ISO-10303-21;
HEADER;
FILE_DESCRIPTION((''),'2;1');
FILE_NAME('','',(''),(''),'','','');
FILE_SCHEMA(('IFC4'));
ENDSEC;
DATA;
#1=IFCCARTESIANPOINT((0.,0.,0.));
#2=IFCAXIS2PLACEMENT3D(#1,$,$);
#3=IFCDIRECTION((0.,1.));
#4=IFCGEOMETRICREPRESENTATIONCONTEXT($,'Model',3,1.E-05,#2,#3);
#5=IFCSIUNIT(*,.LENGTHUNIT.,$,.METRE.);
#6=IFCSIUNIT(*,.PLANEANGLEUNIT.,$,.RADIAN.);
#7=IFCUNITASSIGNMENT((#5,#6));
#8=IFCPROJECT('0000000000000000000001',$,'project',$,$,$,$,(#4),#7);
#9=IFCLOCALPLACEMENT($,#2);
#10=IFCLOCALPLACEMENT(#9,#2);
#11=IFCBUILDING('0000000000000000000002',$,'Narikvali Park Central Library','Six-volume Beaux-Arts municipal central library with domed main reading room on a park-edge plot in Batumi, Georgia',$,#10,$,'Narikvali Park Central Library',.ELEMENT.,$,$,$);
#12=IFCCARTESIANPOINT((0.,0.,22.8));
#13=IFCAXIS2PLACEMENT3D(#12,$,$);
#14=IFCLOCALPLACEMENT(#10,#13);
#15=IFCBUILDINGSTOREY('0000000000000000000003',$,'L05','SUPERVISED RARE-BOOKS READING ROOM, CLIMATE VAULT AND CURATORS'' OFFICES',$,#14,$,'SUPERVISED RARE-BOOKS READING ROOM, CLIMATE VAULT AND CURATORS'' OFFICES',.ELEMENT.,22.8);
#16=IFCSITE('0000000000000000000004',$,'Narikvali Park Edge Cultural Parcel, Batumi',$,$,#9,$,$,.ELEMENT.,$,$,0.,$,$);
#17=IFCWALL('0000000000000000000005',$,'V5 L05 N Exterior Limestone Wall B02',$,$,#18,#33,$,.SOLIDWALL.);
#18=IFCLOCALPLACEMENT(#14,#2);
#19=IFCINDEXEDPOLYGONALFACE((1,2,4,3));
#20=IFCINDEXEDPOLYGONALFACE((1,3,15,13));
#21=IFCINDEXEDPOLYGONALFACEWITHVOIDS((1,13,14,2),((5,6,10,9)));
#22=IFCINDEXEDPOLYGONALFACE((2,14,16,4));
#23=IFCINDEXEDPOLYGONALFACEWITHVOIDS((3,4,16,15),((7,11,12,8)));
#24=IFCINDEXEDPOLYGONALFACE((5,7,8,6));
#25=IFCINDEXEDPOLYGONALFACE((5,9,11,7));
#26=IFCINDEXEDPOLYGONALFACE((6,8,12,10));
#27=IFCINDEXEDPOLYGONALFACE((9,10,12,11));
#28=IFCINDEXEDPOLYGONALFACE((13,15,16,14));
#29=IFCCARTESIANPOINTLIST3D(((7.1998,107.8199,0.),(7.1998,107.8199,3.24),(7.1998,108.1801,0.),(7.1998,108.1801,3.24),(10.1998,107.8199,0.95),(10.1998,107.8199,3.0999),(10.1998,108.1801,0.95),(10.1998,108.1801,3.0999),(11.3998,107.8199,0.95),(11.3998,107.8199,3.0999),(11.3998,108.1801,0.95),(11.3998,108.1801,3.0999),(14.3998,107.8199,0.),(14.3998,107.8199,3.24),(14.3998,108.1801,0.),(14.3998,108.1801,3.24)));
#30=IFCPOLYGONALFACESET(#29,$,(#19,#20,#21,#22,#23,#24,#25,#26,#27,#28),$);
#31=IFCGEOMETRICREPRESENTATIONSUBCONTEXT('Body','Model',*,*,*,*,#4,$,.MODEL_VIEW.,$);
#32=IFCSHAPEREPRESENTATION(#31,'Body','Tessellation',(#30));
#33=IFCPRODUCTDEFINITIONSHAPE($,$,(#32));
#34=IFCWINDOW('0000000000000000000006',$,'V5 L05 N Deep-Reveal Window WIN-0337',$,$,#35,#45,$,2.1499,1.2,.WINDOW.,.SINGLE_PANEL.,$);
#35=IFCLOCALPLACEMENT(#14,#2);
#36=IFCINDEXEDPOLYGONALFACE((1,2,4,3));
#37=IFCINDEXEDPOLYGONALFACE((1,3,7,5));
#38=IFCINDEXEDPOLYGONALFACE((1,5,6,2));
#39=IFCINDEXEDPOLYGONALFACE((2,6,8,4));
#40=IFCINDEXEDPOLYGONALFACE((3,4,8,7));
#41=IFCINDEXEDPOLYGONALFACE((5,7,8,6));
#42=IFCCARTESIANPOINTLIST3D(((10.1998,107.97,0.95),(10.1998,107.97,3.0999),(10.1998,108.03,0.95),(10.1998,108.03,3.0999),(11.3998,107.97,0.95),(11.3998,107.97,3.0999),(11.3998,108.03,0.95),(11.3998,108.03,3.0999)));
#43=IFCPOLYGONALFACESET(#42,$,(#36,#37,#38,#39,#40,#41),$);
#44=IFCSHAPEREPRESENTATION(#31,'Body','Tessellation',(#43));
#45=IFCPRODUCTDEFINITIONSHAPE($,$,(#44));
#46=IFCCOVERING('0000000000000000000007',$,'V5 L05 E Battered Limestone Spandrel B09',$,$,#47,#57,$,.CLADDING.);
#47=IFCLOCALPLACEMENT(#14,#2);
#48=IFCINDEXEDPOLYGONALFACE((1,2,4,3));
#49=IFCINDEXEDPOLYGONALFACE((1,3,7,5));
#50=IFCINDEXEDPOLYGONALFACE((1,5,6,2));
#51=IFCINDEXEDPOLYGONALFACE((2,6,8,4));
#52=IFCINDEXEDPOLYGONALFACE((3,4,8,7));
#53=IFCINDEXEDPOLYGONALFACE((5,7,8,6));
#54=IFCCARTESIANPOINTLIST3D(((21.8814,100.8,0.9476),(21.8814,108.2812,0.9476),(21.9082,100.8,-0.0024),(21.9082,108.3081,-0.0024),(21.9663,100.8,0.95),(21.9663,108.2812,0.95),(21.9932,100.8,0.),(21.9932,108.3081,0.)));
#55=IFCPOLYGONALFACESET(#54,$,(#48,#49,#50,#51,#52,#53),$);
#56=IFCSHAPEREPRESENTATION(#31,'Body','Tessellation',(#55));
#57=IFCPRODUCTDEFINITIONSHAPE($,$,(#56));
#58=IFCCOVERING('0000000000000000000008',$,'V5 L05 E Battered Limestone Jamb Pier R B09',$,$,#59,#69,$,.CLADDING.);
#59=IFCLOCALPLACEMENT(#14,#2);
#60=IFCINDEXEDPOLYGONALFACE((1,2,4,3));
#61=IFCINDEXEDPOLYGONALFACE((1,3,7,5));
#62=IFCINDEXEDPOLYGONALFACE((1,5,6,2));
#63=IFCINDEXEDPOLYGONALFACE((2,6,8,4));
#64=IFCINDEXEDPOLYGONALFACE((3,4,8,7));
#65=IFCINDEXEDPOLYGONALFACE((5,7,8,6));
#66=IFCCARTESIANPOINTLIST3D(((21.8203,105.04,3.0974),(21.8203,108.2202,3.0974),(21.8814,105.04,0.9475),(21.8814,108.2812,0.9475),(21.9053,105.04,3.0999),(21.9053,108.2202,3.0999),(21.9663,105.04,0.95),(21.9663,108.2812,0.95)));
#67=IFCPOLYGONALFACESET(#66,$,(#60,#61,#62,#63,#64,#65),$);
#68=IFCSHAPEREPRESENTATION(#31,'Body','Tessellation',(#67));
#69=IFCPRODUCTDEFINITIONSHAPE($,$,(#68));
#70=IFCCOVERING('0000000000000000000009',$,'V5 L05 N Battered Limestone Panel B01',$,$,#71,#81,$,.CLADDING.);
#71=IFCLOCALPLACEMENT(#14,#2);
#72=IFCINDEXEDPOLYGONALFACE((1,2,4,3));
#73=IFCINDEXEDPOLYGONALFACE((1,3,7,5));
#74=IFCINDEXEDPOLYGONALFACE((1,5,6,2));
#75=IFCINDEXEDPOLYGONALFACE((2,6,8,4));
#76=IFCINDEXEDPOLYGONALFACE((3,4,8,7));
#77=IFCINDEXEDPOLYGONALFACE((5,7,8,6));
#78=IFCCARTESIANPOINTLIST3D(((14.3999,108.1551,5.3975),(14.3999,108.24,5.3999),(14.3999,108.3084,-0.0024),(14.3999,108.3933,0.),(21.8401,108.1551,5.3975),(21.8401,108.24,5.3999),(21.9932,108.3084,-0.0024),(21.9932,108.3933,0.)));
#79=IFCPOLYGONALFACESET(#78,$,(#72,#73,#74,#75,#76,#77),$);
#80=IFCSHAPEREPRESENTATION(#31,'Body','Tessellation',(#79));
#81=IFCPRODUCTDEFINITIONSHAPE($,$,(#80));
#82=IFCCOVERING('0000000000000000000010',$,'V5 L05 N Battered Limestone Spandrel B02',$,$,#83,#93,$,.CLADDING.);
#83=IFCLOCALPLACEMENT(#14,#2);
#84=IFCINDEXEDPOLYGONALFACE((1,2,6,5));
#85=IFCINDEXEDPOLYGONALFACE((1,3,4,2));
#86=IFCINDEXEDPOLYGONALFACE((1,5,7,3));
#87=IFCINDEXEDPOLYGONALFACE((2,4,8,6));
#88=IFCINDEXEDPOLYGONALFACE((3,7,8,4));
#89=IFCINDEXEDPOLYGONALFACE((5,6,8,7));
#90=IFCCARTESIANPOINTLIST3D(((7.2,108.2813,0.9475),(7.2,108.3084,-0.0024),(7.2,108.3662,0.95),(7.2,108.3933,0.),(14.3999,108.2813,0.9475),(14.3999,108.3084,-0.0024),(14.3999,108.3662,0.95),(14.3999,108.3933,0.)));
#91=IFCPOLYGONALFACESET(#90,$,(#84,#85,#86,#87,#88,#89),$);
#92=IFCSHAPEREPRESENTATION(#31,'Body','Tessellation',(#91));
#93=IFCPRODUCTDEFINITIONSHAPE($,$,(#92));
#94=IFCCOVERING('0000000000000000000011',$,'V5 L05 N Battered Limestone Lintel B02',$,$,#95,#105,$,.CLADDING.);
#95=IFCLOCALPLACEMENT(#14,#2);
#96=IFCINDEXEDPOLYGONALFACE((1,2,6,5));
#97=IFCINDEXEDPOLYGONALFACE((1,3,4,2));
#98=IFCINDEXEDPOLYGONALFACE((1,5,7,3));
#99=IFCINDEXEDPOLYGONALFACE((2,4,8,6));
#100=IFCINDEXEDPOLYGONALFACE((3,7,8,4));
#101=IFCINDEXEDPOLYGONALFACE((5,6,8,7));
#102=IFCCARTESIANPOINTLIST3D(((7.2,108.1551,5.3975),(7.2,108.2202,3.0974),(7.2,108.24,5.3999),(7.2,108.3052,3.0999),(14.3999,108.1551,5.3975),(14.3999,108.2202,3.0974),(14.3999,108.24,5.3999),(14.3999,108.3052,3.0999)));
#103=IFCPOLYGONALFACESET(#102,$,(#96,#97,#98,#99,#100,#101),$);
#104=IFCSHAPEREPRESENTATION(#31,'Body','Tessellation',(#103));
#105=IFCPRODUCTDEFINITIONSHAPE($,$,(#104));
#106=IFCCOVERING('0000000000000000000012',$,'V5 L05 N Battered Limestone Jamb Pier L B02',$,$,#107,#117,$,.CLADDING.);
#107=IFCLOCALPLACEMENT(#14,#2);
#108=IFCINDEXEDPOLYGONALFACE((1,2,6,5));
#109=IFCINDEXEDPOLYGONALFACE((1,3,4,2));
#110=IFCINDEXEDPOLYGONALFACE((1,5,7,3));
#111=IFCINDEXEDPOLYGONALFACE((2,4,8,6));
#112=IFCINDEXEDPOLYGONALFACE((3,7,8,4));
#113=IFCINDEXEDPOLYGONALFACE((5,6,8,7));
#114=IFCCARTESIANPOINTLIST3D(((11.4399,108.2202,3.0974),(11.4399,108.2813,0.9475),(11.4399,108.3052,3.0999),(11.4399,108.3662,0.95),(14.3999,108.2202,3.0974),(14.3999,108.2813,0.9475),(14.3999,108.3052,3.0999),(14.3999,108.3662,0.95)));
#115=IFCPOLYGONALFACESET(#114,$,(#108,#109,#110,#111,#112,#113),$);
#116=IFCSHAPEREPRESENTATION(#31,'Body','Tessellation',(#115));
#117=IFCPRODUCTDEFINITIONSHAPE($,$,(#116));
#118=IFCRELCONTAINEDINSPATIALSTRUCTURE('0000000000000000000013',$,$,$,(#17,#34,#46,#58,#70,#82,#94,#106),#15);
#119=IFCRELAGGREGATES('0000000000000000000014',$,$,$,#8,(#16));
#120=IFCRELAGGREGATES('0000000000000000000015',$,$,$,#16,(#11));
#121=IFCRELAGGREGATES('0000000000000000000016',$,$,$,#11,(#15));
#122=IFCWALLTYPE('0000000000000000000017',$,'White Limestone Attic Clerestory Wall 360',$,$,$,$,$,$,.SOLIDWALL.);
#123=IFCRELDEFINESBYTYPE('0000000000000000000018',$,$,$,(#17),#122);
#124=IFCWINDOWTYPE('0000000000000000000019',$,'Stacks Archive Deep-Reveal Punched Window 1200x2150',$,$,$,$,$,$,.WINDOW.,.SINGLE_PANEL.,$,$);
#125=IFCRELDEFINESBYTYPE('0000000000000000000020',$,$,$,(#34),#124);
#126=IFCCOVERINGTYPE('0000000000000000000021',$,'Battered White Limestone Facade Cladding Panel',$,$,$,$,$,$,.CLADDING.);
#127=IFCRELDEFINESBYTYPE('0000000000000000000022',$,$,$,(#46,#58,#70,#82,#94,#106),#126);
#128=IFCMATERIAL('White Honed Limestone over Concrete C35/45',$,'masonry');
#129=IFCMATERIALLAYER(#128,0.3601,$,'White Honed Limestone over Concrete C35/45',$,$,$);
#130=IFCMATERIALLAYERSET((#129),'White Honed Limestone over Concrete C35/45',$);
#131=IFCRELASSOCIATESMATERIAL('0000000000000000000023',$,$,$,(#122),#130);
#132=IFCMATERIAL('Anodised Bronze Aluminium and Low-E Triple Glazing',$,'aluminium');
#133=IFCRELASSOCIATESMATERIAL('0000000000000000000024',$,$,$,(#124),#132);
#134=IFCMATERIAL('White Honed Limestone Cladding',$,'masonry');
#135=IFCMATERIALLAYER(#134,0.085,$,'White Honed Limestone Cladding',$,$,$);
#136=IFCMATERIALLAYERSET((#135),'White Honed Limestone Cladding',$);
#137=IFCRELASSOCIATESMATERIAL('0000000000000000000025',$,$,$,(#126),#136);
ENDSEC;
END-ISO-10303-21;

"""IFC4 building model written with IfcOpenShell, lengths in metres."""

from ifc_helpers import new_model, si_unit, direction, frame, frame_2d, origin, place, context, subcontext, project, spatial, polyline, rectangle, outline, extrude, material, layer, layer_set, type_object, element, fill, save


model = new_model("IFC4")

# Units and contexts
model_context = context("Model", 3, precision=1e-05, world=origin(), true_north=direction((0.0, 1.0)))
body_context = subcontext(model_context, "Body", "Model", "MODEL_VIEW")
ifc_project = project(units=[si_unit("LENGTHUNIT", "METRE"), si_unit("PLANEANGLEUNIT", "RADIAN")], contexts=[model_context])

# Site, building, storey
site_placement = place(None, origin())
site = spatial("IfcSite", under=ifc_project, at=site_placement, Name="Narikvali Park Edge Cultural Parcel, Batumi", CompositionType="ELEMENT", RefElevation=0.0)
building_placement = place(site_placement, origin())
building = spatial("IfcBuilding", under=site, at=building_placement, Name="Narikvali Park Central Library", Description="Six-volume Beaux-Arts municipal central library with domed main reading room on a park-edge plot in Batumi, Georgia", LongName="Narikvali Park Central Library", CompositionType="ELEMENT")
storey_placement = place(building_placement, frame((0.0, 0.0, 22.8)))
storey = spatial("IfcBuildingStorey", under=building, at=storey_placement, Name="L05", Description="SUPERVISED RARE-BOOKS READING ROOM, CLIMATE VAULT AND CURATORS' OFFICES", LongName="SUPERVISED RARE-BOOKS READING ROOM, CLIMATE VAULT AND CURATORS' OFFICES", CompositionType="ELEMENT", Elevation=22.8)

# Shared definitions
ifc_material_1 = material(Name="White Honed Limestone over Concrete C35/45", Category="masonry")

# Shared definitions
ifc_layer_1 = layer(ifc_material_1, 0.3601, Name="White Honed Limestone over Concrete C35/45")
ifc_layer_set_1 = layer_set([ifc_layer_1], Name="White Honed Limestone over Concrete C35/45")
wall_type_1 = type_object("IfcWallType", Name="White Limestone Attic Clerestory Wall 360", PredefinedType="SOLIDWALL", material=ifc_layer_set_1)

# Wall, opening, window
wall_1_placement = place(storey_placement, frame((14.3999, 108.0, 0.0), z_axis=(0.0, 0.0, 1.0), x_axis=(-1.0, 0.0, 0.0)))
wall_1 = element("IfcWall", 1, at=wall_1_placement, inside=storey, type_object=wall_type_1, Name="V5 L05 N Exterior Limestone Wall B02", PredefinedType="SOLIDWALL", context=body_context, shape_type="SweptSolid", body=[
    extrude(rectangle(XDim=7.2, YDim=0.3601, at=frame_2d((3.6001, 0.0))), origin(), (0.0, 0.0, 1.0), 3.24),
])
opening_1_placement = place(wall_1_placement, frame((3.0, 0.0, 0.95)))
opening_1 = element("IfcOpeningElement", 2, at=opening_1_placement, cuts=wall_1, PredefinedType="OPENING", context=body_context, shape_type="SweptSolid", body=[
    extrude(rectangle(XDim=1.2, YDim=2.1499, at=frame_2d((0.6001, 1.075))), frame((0.0, 0.1919, 0.0), z_axis=(0.0, -1.0, 0.0), x_axis=(1.0, 0.0, 0.0)), (0.0, 0.0, 1.0), 0.384),
])
ifc_material_2 = material(Name="Anodised Bronze Aluminium and Low-E Triple Glazing", Category="aluminium")
window_type = type_object("IfcWindowType", Name="Stacks Archive Deep-Reveal Punched Window 1200x2150", PartitioningType="SINGLE_PANEL", PredefinedType="WINDOW", material=ifc_material_2)
window_placement = place(opening_1_placement, origin())
window = element("IfcWindow", 3, at=window_placement, inside=storey, type_object=window_type, Name="V5 L05 N Deep-Reveal Window WIN-0337", OverallHeight=2.1499, OverallWidth=1.2, PartitioningType="SINGLE_PANEL", PredefinedType="WINDOW", context=body_context, shape_type="SweptSolid", body=[
    extrude(rectangle(XDim=1.2, YDim=2.1499, at=frame_2d((0.6001, 1.075))), frame((0.0, 0.03, 0.0), z_axis=(0.0, -1.0, 0.0), x_axis=(1.0, 0.0, 0.0)), (0.0, 0.0, 1.0), 0.0601),
])
fill(opening_1, window)

# Coverings
ifc_material_3 = material(Name="White Honed Limestone Cladding", Category="masonry")
ifc_layer_2 = layer(ifc_material_3, 0.085, Name="White Honed Limestone Cladding")
ifc_layer_set_2 = layer_set([ifc_layer_2], Name="White Honed Limestone Cladding")
covering_type = type_object("IfcCoveringType", Name="Battered White Limestone Facade Cladding Panel", PredefinedType="CLADDING", material=ifc_layer_set_2)
covering_1_placement = place(storey_placement, frame((21.9932, 100.8, 0.0), z_axis=(0.999601, 0.0, 0.028259), x_axis=(0.0, 1.0, 0.0)))
element("IfcCovering", 4, at=covering_1_placement, inside=storey, type_object=covering_type, Name="V5 L05 E Battered Limestone Spandrel B09", PredefinedType="CLADDING", context=body_context, shape_type="SweptSolid", body=[
    extrude(outline(polyline([(0.0, 0.0), (7.5081, 0.0), (7.4812, 0.9503), (0.0, 0.9503), (0.0, 0.0)])), origin(), (0.0, 0.0, -1.0), 0.085),
])
covering_2_placement = place(storey_placement, frame((21.9663, 105.04, 0.95), z_axis=(0.999597, 0.0, 0.028378), x_axis=(0.0, 1.0, 0.0)))
element("IfcCovering", 5, at=covering_2_placement, inside=storey, type_object=covering_type, Name="V5 L05 E Battered Limestone Jamb Pier R B09", PredefinedType="CLADDING", context=body_context, shape_type="SweptSolid", body=[
    extrude(outline(polyline([(0.0, 0.0), (3.2412, 0.0), (3.1802, 2.1508), (0.0, 2.1508), (0.0, 0.0)])), origin(), (0.0, 0.0, -1.0), 0.085),
])
covering_3_placement = place(storey_placement, frame((21.9932, 108.3933, 0.0), z_axis=(0.0, 0.999597, 0.028382), x_axis=(-1.0, 0.0, 0.0)))
element("IfcCovering", 6, at=covering_3_placement, inside=storey, type_object=covering_type, Name="V5 L05 N Battered Limestone Panel B01", PredefinedType="CLADDING", context=body_context, shape_type="SweptSolid", body=[
    extrude(outline(polyline([(0.0, 0.0), (7.5933, 0.0), (7.5933, 5.4021), (0.1531, 5.4021), (0.0, 0.0)])), origin(), (0.0, 0.0, -1.0), 0.085),
])
covering_4_placement = place(storey_placement, frame((14.3999, 108.3933, 0.0), z_axis=(0.0, 0.999593, 0.028516), x_axis=(-1.0, 0.0, 0.0)))
element("IfcCovering", 7, at=covering_4_placement, inside=storey, type_object=covering_type, Name="V5 L05 N Battered Limestone Spandrel B02", PredefinedType="CLADDING", context=body_context, shape_type="SweptSolid", body=[
    extrude(outline(polyline([(0.0, 0.0), (7.2, 0.0), (7.2, 0.9503), (0.0, 0.9503), (0.0, 0.0)])), origin(), (0.0, 0.0, -1.0), 0.085),
])
covering_5_placement = place(storey_placement, frame((14.3999, 108.3052, 3.0999), z_axis=(0.0, 0.999599, 0.02833), x_axis=(-1.0, 0.0, 0.0)))
element("IfcCovering", 8, at=covering_5_placement, inside=storey, type_object=covering_type, Name="V5 L05 N Battered Limestone Lintel B02", PredefinedType="CLADDING", context=body_context, shape_type="SweptSolid", body=[
    extrude(outline(polyline([(0.0, 0.0), (7.2, 0.0), (7.2, 2.301), (0.0, 2.301), (0.0, 0.0)])), origin(), (0.0, 0.0, -1.0), 0.085),
])
covering_6_placement = place(storey_placement, frame((14.3999, 108.3662, 0.95), z_axis=(0.0, 0.999597, 0.028378), x_axis=(-1.0, 0.0, 0.0)))
element("IfcCovering", 9, at=covering_6_placement, inside=storey, type_object=covering_type, Name="V5 L05 N Battered Limestone Jamb Pier L B02", PredefinedType="CLADDING", context=body_context, shape_type="SweptSolid", body=[
    extrude(outline(polyline([(0.0, 0.0), (2.96, 0.0), (2.96, 2.1508), (0.0, 2.1508), (0.0, 0.0)])), origin(), (0.0, 0.0, -1.0), 0.085),
])

save(model, "model.ifc")
